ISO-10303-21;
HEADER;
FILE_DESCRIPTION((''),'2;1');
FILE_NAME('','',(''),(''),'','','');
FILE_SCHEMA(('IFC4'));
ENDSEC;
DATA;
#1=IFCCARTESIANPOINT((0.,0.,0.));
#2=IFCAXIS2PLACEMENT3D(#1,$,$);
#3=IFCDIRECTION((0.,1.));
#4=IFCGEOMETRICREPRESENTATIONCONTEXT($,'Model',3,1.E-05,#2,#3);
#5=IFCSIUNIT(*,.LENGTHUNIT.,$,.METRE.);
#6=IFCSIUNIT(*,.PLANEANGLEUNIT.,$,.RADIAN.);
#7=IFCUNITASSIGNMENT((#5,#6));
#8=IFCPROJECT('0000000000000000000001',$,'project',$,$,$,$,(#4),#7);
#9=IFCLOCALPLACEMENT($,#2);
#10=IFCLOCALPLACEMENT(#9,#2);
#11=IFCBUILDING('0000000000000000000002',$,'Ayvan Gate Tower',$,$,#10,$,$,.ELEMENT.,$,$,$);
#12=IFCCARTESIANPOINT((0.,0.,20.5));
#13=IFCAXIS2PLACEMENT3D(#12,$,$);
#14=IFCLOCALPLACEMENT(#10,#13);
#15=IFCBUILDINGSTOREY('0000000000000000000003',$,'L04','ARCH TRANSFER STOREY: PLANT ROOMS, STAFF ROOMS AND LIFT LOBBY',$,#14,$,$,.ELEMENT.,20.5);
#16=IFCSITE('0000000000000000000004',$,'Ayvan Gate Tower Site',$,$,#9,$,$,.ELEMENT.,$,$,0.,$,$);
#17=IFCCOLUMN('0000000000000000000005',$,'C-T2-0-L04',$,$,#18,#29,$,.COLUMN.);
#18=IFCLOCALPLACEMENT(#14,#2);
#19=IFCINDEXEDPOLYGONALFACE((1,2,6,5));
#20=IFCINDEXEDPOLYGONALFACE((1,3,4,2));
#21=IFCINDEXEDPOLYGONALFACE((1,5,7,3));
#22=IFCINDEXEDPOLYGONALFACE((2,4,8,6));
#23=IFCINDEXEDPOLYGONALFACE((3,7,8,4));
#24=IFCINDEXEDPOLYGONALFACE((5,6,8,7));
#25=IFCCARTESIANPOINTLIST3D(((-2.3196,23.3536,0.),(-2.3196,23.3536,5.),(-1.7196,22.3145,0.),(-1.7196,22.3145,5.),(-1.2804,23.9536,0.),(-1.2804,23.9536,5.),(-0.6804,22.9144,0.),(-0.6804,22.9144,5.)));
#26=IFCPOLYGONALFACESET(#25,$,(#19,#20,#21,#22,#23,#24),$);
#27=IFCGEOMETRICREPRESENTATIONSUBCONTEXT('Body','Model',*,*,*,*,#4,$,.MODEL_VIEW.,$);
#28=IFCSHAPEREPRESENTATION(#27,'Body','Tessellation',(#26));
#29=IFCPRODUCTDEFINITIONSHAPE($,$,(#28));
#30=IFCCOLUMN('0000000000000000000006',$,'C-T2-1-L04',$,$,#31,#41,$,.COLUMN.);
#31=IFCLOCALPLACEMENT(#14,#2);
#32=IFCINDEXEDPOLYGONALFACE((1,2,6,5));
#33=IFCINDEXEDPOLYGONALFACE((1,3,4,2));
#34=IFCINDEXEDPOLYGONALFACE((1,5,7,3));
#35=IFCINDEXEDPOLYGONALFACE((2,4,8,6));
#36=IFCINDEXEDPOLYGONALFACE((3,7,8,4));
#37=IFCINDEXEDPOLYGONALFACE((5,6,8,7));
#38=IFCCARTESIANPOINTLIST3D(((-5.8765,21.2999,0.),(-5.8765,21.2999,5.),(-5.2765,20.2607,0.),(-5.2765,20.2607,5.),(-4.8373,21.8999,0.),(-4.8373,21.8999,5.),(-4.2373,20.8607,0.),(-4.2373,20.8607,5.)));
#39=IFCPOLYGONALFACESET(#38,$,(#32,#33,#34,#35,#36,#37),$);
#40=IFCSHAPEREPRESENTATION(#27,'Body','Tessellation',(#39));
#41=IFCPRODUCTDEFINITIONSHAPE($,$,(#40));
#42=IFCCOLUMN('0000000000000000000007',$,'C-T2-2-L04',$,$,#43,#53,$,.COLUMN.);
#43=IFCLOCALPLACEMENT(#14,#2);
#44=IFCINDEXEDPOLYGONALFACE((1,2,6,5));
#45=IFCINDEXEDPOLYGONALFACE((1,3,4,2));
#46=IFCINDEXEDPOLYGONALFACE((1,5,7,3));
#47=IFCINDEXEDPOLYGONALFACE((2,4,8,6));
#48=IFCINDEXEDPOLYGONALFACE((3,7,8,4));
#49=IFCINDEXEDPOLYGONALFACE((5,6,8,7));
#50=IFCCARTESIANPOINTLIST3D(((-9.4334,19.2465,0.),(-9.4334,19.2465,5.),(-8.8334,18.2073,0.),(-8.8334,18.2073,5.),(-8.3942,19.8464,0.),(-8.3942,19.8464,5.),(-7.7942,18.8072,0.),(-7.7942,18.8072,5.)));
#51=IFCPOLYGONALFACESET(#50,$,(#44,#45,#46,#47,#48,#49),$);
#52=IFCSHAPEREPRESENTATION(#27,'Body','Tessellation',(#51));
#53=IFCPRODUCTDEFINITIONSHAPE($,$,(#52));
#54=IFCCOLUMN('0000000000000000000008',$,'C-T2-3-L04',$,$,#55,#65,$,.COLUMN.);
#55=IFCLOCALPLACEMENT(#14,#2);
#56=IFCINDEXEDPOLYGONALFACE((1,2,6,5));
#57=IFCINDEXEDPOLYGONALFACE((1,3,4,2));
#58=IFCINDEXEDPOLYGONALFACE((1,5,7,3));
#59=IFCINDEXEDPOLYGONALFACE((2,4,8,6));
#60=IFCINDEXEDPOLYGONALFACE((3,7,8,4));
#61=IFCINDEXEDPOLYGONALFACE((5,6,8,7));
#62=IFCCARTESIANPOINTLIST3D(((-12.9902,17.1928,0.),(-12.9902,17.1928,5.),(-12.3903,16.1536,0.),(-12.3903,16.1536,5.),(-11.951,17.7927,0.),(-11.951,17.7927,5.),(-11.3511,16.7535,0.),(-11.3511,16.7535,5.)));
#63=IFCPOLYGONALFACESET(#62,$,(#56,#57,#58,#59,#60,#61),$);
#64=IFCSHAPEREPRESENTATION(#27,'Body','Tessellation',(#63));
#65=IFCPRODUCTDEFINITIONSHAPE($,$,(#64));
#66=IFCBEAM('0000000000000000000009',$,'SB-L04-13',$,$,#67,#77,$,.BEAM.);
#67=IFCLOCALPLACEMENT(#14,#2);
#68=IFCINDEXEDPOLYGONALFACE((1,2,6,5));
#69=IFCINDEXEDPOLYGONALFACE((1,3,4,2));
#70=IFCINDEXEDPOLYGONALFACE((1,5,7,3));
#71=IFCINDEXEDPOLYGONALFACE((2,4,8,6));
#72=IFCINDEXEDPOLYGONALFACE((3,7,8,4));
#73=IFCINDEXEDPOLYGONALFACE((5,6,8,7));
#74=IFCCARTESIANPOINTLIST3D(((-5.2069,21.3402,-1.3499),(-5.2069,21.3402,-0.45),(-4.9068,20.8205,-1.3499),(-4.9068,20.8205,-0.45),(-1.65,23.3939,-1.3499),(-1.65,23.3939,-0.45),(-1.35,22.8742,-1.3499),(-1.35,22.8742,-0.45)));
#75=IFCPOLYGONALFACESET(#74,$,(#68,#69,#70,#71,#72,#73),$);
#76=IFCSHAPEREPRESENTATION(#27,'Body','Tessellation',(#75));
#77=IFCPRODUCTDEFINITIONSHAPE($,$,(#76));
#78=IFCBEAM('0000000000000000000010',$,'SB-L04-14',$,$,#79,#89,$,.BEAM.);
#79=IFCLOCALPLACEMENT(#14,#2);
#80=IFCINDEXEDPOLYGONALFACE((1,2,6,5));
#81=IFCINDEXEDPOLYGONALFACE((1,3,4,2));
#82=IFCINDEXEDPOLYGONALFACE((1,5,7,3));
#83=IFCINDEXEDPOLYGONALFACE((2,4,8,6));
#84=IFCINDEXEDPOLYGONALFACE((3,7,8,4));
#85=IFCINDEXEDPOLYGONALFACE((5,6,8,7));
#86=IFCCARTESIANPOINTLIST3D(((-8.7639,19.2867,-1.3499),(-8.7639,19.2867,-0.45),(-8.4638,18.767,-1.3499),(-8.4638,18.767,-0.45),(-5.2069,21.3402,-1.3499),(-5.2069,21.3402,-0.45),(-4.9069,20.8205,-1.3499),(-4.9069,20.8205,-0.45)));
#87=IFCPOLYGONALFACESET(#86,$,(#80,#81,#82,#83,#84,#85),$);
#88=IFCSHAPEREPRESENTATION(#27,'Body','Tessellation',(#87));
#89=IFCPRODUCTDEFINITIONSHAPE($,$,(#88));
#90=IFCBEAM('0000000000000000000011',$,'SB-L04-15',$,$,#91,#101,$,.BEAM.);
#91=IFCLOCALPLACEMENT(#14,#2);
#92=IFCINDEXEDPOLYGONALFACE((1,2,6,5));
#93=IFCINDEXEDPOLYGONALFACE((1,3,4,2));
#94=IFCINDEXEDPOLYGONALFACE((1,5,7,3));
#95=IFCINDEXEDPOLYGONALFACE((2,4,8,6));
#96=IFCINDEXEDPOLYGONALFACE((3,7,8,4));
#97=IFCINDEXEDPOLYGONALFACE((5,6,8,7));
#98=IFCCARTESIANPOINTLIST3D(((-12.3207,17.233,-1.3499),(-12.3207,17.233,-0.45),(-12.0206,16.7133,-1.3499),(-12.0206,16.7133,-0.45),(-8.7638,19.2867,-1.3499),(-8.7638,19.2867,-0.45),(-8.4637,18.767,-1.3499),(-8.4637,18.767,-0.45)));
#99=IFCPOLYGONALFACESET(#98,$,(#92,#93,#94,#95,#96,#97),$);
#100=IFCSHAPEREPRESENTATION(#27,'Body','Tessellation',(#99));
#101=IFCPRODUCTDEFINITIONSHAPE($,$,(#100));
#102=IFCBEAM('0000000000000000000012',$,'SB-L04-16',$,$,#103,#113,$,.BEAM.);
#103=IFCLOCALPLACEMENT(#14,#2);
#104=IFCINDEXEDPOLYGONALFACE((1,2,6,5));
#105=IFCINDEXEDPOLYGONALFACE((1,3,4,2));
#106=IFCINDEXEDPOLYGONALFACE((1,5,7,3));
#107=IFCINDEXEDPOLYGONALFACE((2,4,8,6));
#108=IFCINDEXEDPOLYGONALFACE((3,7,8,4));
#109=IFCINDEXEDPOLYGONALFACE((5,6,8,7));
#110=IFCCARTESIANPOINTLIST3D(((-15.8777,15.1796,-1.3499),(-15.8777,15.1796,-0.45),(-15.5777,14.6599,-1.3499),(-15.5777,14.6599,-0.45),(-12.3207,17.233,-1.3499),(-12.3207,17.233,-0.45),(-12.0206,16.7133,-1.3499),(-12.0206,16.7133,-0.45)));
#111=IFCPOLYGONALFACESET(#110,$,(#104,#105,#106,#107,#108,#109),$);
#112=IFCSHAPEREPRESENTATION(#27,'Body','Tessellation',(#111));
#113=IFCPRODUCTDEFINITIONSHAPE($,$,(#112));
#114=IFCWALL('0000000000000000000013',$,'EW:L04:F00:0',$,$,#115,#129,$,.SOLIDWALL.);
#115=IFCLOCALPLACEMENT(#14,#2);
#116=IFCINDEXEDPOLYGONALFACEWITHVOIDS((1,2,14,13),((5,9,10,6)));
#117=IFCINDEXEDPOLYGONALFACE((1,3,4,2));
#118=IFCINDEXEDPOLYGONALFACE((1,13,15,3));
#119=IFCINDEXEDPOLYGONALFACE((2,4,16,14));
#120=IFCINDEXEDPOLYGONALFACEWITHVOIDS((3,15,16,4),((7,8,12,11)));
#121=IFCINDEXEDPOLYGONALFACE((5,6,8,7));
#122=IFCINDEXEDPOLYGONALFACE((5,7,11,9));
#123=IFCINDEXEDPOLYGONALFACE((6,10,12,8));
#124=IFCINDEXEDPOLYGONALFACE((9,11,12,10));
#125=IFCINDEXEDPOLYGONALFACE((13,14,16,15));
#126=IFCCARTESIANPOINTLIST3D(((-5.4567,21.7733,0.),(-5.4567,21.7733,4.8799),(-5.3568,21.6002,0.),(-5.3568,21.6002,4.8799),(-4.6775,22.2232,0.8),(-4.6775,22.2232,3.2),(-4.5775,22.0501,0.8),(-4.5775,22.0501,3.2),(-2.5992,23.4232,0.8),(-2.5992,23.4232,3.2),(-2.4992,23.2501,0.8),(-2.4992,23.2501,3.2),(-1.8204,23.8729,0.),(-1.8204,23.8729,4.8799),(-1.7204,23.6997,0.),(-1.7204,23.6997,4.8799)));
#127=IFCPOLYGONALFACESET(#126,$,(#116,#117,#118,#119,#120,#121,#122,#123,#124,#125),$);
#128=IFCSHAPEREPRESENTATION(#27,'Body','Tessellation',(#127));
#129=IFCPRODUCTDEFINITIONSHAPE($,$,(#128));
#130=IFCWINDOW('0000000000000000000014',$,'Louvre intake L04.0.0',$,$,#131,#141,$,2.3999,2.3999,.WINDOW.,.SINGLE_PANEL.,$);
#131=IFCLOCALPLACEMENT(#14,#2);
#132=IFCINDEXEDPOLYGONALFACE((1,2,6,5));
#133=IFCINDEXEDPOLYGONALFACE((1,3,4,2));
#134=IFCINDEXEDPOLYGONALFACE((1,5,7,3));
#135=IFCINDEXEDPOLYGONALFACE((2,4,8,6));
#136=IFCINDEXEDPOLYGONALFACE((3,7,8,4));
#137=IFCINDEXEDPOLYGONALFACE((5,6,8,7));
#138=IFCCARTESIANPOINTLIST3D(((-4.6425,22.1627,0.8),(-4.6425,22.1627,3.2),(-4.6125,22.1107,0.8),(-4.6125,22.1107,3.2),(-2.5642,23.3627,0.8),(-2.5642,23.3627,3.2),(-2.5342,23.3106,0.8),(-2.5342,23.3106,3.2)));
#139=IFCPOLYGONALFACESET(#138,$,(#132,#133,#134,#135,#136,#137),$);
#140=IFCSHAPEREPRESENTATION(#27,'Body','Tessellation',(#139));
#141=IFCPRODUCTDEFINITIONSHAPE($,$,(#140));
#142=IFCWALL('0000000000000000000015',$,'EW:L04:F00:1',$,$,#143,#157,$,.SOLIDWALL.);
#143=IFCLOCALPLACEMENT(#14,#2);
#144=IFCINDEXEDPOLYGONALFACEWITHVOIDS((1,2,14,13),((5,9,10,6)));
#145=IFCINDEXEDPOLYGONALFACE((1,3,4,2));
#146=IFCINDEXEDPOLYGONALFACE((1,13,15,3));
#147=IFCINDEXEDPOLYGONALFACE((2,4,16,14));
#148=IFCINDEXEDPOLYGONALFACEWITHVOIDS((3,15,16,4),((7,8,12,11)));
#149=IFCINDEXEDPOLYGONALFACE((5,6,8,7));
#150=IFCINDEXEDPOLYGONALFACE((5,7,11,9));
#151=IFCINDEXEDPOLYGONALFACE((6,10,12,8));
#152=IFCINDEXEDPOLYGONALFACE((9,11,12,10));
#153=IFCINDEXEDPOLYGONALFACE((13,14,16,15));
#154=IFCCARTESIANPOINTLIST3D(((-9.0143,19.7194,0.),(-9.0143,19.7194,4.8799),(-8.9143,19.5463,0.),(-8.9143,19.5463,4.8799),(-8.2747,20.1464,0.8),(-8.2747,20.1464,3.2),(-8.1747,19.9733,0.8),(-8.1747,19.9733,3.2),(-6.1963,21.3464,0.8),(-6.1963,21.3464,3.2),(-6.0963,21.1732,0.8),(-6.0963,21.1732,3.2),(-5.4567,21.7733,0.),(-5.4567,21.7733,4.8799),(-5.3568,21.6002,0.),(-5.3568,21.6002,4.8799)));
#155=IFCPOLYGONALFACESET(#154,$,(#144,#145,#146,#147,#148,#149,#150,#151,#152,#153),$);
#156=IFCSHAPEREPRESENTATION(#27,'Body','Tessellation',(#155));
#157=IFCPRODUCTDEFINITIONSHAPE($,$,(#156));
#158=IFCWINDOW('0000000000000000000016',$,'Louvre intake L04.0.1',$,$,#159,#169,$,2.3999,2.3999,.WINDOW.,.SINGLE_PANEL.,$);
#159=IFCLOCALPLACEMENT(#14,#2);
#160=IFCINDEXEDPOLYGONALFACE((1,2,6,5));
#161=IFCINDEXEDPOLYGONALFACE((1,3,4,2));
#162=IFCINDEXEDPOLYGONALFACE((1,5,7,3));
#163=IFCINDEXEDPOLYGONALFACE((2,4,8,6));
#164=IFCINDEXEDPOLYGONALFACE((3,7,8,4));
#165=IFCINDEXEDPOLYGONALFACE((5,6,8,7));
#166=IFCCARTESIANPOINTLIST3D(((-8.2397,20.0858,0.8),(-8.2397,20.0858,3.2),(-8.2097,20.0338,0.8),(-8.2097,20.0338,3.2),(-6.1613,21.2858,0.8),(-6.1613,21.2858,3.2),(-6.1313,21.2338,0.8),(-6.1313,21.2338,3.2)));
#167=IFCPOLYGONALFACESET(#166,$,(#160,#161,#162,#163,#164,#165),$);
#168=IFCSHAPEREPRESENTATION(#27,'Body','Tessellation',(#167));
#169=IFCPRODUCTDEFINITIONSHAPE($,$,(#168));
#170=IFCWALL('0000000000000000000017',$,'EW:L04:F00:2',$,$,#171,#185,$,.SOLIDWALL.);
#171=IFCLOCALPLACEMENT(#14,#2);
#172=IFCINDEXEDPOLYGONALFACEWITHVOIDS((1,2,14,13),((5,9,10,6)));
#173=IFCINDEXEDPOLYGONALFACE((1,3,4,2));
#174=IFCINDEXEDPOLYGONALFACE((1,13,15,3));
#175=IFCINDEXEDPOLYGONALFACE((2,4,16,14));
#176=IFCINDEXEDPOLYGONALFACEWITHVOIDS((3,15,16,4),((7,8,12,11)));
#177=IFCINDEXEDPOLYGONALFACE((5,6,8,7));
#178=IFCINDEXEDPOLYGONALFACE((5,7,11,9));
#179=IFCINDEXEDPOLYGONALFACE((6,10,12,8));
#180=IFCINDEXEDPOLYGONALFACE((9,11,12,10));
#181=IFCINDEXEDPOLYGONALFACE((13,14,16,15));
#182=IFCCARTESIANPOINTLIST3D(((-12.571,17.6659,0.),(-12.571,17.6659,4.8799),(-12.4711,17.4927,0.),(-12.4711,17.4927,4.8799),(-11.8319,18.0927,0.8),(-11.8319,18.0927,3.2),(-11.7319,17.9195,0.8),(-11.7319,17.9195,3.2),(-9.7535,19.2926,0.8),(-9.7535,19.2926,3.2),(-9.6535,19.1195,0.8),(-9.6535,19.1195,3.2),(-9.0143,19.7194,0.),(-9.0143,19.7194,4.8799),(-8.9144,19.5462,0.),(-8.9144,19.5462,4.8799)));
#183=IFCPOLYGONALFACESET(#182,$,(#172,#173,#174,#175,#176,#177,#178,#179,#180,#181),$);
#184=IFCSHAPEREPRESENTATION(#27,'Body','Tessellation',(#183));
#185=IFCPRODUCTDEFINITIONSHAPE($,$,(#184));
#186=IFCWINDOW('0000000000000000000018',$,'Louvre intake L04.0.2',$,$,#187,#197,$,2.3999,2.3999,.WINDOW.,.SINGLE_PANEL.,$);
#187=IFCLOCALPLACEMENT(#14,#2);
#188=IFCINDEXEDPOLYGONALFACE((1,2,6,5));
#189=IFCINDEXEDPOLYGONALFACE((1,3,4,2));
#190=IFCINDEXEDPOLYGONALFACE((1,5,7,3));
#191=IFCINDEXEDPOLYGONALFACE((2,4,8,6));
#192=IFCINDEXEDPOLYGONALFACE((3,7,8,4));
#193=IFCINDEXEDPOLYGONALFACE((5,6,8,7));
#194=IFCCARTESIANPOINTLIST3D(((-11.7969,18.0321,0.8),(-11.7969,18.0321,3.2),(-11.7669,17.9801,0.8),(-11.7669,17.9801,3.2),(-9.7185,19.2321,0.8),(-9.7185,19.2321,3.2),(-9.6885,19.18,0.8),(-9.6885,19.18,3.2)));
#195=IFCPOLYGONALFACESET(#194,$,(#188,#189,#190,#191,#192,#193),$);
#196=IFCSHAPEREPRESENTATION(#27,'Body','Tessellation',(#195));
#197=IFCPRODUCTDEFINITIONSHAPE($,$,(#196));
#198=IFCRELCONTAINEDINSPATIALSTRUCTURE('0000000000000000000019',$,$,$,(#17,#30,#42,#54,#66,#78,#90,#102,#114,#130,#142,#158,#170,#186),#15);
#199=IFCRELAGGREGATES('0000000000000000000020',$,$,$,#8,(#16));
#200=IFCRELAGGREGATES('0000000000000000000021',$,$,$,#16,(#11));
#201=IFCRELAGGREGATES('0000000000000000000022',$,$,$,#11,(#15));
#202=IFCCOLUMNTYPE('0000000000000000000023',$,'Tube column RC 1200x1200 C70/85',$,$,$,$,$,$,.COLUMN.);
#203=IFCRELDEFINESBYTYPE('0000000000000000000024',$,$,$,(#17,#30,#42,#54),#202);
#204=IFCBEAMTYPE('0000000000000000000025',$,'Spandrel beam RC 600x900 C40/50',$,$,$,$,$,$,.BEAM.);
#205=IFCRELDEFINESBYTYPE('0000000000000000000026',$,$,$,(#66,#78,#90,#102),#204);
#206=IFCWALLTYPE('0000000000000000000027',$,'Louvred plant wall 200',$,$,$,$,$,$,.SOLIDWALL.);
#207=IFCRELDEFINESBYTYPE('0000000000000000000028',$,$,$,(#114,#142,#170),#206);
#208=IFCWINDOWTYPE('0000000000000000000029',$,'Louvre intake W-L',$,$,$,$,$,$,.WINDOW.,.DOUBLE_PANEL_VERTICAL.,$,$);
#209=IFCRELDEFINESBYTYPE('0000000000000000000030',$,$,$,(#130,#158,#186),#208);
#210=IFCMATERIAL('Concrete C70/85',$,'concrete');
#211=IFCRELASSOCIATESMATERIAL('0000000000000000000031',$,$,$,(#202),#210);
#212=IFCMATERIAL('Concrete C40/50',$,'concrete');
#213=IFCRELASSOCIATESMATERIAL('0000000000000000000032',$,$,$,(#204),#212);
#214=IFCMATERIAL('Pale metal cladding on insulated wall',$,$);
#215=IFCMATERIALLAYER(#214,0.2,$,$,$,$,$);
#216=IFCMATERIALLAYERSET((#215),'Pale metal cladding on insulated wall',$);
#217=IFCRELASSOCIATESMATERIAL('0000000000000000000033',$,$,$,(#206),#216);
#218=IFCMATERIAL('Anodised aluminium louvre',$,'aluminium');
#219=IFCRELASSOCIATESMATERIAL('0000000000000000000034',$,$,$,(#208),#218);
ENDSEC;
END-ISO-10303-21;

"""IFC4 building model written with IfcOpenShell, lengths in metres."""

from ifc_helpers import new_model, si_unit, direction, frame, frame_2d, origin, origin_2d, place, context, subcontext, project, spatial, rectangle, extrude, material, layer, layer_set, material_profile, profile_set, type_object, element, fill, save


model = new_model("IFC4")

# Units and contexts
model_context = context("Model", 3, precision=1e-05, world=origin(), true_north=direction((0.0, 1.0)))
body_context = subcontext(model_context, "Body", "Model", "MODEL_VIEW")
ifc_project = project(units=[si_unit("LENGTHUNIT", "METRE"), si_unit("PLANEANGLEUNIT", "RADIAN")], contexts=[model_context])

# Site, building, storey
site_placement = place(None, origin())
site = spatial("IfcSite", under=ifc_project, at=site_placement, Name="Ayvan Gate Tower Site", CompositionType="ELEMENT", RefElevation=0.0)
building_placement = place(site_placement, origin())
building = spatial("IfcBuilding", under=site, at=building_placement, Name="Ayvan Gate Tower", CompositionType="ELEMENT")
storey_placement = place(building_placement, frame((0.0, 0.0, 20.5)))
storey = spatial("IfcBuildingStorey", under=building, at=storey_placement, Name="L04", Description="ARCH TRANSFER STOREY: PLANT ROOMS, STAFF ROOMS AND LIFT LOBBY", CompositionType="ELEMENT", Elevation=20.5)

# Columns
ifc_material_1 = material(Name="Concrete C70/85", Category="concrete")
ifc_material_profile_1 = material_profile(ifc_material_1, rectangle(XDim=1.2, YDim=1.2, at=origin_2d()), Name="RC 1200x1200")
ifc_profile_set_1 = profile_set([ifc_material_profile_1], Name="Concrete C70/85")
column_type = type_object("IfcColumnType", Name="Tube column RC 1200x1200 C70/85", PredefinedType="COLUMN", material=ifc_profile_set_1)
for number, where, z_axis, x_axis, name in (
    (1, (-1.5, 23.134, 0.0), (0.0, 0.0, 1.0), (-0.5, 0.866025, 0.0), "C-T2-0-L04"),
    (2, (-5.0569, 21.0803, 0.0), (0.0, 0.0, 1.0), (-0.5, 0.866025, 0.0), "C-T2-1-L04"),
    (3, (-8.6138, 19.0269, 0.0), (0.0, 0.0, 1.0), (-0.5, 0.866025, 0.0), "C-T2-2-L04"),
    (4, (-12.1707, 16.9731, 0.0), (0.0, 0.0, 1.0), (-0.5, 0.866025, 0.0), "C-T2-3-L04"),
):
    element("IfcColumn", number, at=place(storey_placement, frame(where, z_axis=z_axis, x_axis=x_axis)), inside=storey, type_object=column_type, Name=name, PredefinedType="COLUMN", context=body_context, shape_type="SweptSolid", body=[
        extrude(rectangle(XDim=1.2, YDim=1.2, at=origin_2d()), origin(), (0.0, 0.0, 1.0), 5.0),
    ])

# Beams
ifc_material_2 = material(Name="Concrete C40/50", Category="concrete")
ifc_material_profile_2 = material_profile(ifc_material_2, rectangle(XDim=0.6001, YDim=0.8999, at=origin_2d()), Name="RC 600x900")
ifc_profile_set_2 = profile_set([ifc_material_profile_2], Name="Concrete C40/50")
beam_type = type_object("IfcBeamType", Name="Spandrel beam RC 600x900 C40/50", PredefinedType="BEAM", material=ifc_profile_set_2)
for number, where, z_axis, x_axis, name in (
    (5, (-1.5, 23.134, -0.8999), (-0.86601, -0.500026, 0.0), (0.500026, -0.86601, 0.0), "SB-L04-13"),
    (6, (-5.0569, 21.0803, -0.8999), (-0.866036, -0.499981, 0.0), (0.499981, -0.866036, 0.0), "SB-L04-14"),
    (7, (-8.6138, 19.0269, -0.8999), (-0.86601, -0.500026, 0.0), (0.500026, -0.86601, 0.0), "SB-L04-15"),
    (8, (-12.1707, 16.9731, -0.8999), (-0.866051, -0.499956, 0.0), (0.499956, -0.866051, 0.0), "SB-L04-16"),
):
    element("IfcBeam", number, at=place(storey_placement, frame(where, z_axis=z_axis, x_axis=x_axis)), inside=storey, type_object=beam_type, Name=name, PredefinedType="BEAM", context=body_context, shape_type="SweptSolid", body=[
        extrude(rectangle(XDim=0.6001, YDim=0.8999, at=origin_2d()), origin(), (0.0, 0.0, 1.0), 4.1072),
    ])

# Walls, openings, windows
ifc_material_3 = material(Name="Pale metal cladding on insulated wall")
ifc_layer_1 = layer(ifc_material_3, 0.2)
ifc_layer_set_1 = layer_set([ifc_layer_1], Name="Pale metal cladding on insulated wall")
wall_type_1 = type_object("IfcWallType", Name="Louvred plant wall 200", PredefinedType="SOLIDWALL", material=ifc_layer_set_1)
wall_1_placement = place(storey_placement, frame((-1.7703, 23.7864, 0.0), z_axis=(0.0, 0.0, 1.0), x_axis=(-0.866016, -0.500016, 0.0)))
wall_1 = element("IfcWall", 9, at=wall_1_placement, inside=storey, type_object=wall_type_1, Name="EW:L04:F00:0", PredefinedType="SOLIDWALL", context=body_context, shape_type="SweptSolid", body=[
    extrude(rectangle(XDim=4.199, YDim=0.2, at=frame_2d((2.0996, 0.0))), origin(), (0.0, 0.0, 1.0), 4.8799),
])
opening_1_placement = place(wall_1_placement, frame((0.8994, 0.0, 0.8)))
opening_1 = element("IfcOpeningElement", 10, at=opening_1_placement, cuts=wall_1, PredefinedType="OPENING", context=body_context, shape_type="SweptSolid", body=[
    extrude(rectangle(XDim=2.3999, YDim=2.3999, at=frame_2d((1.2, 1.2))), frame((0.0, 0.1099, 0.0), z_axis=(0.0, -1.0, 0.0), x_axis=(1.0, 0.0, 0.0)), (0.0, 0.0, 1.0), 0.22),
])
ifc_material_4 = material(Name="Anodised aluminium louvre", Category="aluminium")
window_type = type_object("IfcWindowType", Name="Louvre intake W-L", PartitioningType="DOUBLE_PANEL_VERTICAL", PredefinedType="WINDOW", material=ifc_material_4)
window_1_placement = place(opening_1_placement, origin())
window_1 = element("IfcWindow", 11, at=window_1_placement, inside=storey, type_object=window_type, Name="Louvre intake L04.0.0", OverallHeight=2.3999, OverallWidth=2.3999, PartitioningType="SINGLE_PANEL", PredefinedType="WINDOW", context=body_context, shape_type="SweptSolid", body=[
    extrude(rectangle(XDim=2.3999, YDim=2.3999, at=frame_2d((1.2, 1.2))), frame((0.0, 0.03, 0.0), z_axis=(0.0, -1.0, 0.0), x_axis=(1.0, 0.0, 0.0)), (0.0, 0.0, 1.0), 0.0601),
])
fill(opening_1, window_1)
wall_2_placement = place(storey_placement, frame((-5.4067, 21.6868, 0.0), z_axis=(0.0, 0.0, 1.0), x_axis=(-0.866029, -0.499993, 0.0)))
wall_2 = element("IfcWall", 12, at=wall_2_placement, inside=storey, type_object=wall_type_1, Name="EW:L04:F00:1", PredefinedType="SOLIDWALL", context=body_context, shape_type="SweptSolid", body=[
    extrude(rectangle(XDim=4.1079, YDim=0.2, at=frame_2d((2.054, 0.0))), origin(), (0.0, 0.0, 1.0), 4.8799),
])
opening_2_placement = place(wall_2_placement, frame((0.854, 0.0, 0.8)))
opening_2 = element("IfcOpeningElement", 13, at=opening_2_placement, cuts=wall_2, PredefinedType="OPENING", context=body_context, shape_type="SweptSolid", body=[
    extrude(rectangle(XDim=2.3999, YDim=2.3999, at=frame_2d((1.2, 1.2))), frame((0.0, 0.1099, 0.0), z_axis=(0.0, -1.0, 0.0), x_axis=(1.0, 0.0, 0.0)), (0.0, 0.0, 1.0), 0.22),
])
window_2_placement = place(opening_2_placement, origin())
window_2 = element("IfcWindow", 14, at=window_2_placement, inside=storey, type_object=window_type, Name="Louvre intake L04.0.1", OverallHeight=2.3999, OverallWidth=2.3999, PartitioningType="SINGLE_PANEL", PredefinedType="WINDOW", context=body_context, shape_type="SweptSolid", body=[
    extrude(rectangle(XDim=2.3999, YDim=2.3999, at=frame_2d((1.2, 1.2))), frame((0.0, 0.03, 0.0), z_axis=(0.0, -1.0, 0.0), x_axis=(1.0, 0.0, 0.0)), (0.0, 0.0, 1.0), 0.0601),
])
fill(opening_2, window_2)
wall_3_placement = place(storey_placement, frame((-8.9644, 19.6328, 0.0), z_axis=(0.0, 0.0, 1.0), x_axis=(-0.866021, -0.500007, 0.0)))
wall_3 = element("IfcWall", 15, at=wall_3_placement, inside=storey, type_object=wall_type_1, Name="EW:L04:F00:2", PredefinedType="SOLIDWALL", context=body_context, shape_type="SweptSolid", body=[
    extrude(rectangle(XDim=4.1069, YDim=0.2, at=frame_2d((2.0535, 0.0))), origin(), (0.0, 0.0, 1.0), 4.8799),
])
opening_3_placement = place(wall_3_placement, frame((0.8535, 0.0, 0.8)))
opening_3 = element("IfcOpeningElement", 16, at=opening_3_placement, cuts=wall_3, PredefinedType="OPENING", context=body_context, shape_type="SweptSolid", body=[
    extrude(rectangle(XDim=2.3999, YDim=2.3999, at=frame_2d((1.2, 1.2))), frame((0.0, 0.1099, 0.0), z_axis=(0.0, -1.0, 0.0), x_axis=(1.0, 0.0, 0.0)), (0.0, 0.0, 1.0), 0.22),
])
window_3_placement = place(opening_3_placement, origin())
window_3 = element("IfcWindow", 17, at=window_3_placement, inside=storey, type_object=window_type, Name="Louvre intake L04.0.2", OverallHeight=2.3999, OverallWidth=2.3999, PartitioningType="SINGLE_PANEL", PredefinedType="WINDOW", context=body_context, shape_type="SweptSolid", body=[
    extrude(rectangle(XDim=2.3999, YDim=2.3999, at=frame_2d((1.2, 1.2))), frame((0.0, 0.03, 0.0), z_axis=(0.0, -1.0, 0.0), x_axis=(1.0, 0.0, 0.0)), (0.0, 0.0, 1.0), 0.0601),
])
fill(opening_3, window_3)

save(model, "model.ifc")
